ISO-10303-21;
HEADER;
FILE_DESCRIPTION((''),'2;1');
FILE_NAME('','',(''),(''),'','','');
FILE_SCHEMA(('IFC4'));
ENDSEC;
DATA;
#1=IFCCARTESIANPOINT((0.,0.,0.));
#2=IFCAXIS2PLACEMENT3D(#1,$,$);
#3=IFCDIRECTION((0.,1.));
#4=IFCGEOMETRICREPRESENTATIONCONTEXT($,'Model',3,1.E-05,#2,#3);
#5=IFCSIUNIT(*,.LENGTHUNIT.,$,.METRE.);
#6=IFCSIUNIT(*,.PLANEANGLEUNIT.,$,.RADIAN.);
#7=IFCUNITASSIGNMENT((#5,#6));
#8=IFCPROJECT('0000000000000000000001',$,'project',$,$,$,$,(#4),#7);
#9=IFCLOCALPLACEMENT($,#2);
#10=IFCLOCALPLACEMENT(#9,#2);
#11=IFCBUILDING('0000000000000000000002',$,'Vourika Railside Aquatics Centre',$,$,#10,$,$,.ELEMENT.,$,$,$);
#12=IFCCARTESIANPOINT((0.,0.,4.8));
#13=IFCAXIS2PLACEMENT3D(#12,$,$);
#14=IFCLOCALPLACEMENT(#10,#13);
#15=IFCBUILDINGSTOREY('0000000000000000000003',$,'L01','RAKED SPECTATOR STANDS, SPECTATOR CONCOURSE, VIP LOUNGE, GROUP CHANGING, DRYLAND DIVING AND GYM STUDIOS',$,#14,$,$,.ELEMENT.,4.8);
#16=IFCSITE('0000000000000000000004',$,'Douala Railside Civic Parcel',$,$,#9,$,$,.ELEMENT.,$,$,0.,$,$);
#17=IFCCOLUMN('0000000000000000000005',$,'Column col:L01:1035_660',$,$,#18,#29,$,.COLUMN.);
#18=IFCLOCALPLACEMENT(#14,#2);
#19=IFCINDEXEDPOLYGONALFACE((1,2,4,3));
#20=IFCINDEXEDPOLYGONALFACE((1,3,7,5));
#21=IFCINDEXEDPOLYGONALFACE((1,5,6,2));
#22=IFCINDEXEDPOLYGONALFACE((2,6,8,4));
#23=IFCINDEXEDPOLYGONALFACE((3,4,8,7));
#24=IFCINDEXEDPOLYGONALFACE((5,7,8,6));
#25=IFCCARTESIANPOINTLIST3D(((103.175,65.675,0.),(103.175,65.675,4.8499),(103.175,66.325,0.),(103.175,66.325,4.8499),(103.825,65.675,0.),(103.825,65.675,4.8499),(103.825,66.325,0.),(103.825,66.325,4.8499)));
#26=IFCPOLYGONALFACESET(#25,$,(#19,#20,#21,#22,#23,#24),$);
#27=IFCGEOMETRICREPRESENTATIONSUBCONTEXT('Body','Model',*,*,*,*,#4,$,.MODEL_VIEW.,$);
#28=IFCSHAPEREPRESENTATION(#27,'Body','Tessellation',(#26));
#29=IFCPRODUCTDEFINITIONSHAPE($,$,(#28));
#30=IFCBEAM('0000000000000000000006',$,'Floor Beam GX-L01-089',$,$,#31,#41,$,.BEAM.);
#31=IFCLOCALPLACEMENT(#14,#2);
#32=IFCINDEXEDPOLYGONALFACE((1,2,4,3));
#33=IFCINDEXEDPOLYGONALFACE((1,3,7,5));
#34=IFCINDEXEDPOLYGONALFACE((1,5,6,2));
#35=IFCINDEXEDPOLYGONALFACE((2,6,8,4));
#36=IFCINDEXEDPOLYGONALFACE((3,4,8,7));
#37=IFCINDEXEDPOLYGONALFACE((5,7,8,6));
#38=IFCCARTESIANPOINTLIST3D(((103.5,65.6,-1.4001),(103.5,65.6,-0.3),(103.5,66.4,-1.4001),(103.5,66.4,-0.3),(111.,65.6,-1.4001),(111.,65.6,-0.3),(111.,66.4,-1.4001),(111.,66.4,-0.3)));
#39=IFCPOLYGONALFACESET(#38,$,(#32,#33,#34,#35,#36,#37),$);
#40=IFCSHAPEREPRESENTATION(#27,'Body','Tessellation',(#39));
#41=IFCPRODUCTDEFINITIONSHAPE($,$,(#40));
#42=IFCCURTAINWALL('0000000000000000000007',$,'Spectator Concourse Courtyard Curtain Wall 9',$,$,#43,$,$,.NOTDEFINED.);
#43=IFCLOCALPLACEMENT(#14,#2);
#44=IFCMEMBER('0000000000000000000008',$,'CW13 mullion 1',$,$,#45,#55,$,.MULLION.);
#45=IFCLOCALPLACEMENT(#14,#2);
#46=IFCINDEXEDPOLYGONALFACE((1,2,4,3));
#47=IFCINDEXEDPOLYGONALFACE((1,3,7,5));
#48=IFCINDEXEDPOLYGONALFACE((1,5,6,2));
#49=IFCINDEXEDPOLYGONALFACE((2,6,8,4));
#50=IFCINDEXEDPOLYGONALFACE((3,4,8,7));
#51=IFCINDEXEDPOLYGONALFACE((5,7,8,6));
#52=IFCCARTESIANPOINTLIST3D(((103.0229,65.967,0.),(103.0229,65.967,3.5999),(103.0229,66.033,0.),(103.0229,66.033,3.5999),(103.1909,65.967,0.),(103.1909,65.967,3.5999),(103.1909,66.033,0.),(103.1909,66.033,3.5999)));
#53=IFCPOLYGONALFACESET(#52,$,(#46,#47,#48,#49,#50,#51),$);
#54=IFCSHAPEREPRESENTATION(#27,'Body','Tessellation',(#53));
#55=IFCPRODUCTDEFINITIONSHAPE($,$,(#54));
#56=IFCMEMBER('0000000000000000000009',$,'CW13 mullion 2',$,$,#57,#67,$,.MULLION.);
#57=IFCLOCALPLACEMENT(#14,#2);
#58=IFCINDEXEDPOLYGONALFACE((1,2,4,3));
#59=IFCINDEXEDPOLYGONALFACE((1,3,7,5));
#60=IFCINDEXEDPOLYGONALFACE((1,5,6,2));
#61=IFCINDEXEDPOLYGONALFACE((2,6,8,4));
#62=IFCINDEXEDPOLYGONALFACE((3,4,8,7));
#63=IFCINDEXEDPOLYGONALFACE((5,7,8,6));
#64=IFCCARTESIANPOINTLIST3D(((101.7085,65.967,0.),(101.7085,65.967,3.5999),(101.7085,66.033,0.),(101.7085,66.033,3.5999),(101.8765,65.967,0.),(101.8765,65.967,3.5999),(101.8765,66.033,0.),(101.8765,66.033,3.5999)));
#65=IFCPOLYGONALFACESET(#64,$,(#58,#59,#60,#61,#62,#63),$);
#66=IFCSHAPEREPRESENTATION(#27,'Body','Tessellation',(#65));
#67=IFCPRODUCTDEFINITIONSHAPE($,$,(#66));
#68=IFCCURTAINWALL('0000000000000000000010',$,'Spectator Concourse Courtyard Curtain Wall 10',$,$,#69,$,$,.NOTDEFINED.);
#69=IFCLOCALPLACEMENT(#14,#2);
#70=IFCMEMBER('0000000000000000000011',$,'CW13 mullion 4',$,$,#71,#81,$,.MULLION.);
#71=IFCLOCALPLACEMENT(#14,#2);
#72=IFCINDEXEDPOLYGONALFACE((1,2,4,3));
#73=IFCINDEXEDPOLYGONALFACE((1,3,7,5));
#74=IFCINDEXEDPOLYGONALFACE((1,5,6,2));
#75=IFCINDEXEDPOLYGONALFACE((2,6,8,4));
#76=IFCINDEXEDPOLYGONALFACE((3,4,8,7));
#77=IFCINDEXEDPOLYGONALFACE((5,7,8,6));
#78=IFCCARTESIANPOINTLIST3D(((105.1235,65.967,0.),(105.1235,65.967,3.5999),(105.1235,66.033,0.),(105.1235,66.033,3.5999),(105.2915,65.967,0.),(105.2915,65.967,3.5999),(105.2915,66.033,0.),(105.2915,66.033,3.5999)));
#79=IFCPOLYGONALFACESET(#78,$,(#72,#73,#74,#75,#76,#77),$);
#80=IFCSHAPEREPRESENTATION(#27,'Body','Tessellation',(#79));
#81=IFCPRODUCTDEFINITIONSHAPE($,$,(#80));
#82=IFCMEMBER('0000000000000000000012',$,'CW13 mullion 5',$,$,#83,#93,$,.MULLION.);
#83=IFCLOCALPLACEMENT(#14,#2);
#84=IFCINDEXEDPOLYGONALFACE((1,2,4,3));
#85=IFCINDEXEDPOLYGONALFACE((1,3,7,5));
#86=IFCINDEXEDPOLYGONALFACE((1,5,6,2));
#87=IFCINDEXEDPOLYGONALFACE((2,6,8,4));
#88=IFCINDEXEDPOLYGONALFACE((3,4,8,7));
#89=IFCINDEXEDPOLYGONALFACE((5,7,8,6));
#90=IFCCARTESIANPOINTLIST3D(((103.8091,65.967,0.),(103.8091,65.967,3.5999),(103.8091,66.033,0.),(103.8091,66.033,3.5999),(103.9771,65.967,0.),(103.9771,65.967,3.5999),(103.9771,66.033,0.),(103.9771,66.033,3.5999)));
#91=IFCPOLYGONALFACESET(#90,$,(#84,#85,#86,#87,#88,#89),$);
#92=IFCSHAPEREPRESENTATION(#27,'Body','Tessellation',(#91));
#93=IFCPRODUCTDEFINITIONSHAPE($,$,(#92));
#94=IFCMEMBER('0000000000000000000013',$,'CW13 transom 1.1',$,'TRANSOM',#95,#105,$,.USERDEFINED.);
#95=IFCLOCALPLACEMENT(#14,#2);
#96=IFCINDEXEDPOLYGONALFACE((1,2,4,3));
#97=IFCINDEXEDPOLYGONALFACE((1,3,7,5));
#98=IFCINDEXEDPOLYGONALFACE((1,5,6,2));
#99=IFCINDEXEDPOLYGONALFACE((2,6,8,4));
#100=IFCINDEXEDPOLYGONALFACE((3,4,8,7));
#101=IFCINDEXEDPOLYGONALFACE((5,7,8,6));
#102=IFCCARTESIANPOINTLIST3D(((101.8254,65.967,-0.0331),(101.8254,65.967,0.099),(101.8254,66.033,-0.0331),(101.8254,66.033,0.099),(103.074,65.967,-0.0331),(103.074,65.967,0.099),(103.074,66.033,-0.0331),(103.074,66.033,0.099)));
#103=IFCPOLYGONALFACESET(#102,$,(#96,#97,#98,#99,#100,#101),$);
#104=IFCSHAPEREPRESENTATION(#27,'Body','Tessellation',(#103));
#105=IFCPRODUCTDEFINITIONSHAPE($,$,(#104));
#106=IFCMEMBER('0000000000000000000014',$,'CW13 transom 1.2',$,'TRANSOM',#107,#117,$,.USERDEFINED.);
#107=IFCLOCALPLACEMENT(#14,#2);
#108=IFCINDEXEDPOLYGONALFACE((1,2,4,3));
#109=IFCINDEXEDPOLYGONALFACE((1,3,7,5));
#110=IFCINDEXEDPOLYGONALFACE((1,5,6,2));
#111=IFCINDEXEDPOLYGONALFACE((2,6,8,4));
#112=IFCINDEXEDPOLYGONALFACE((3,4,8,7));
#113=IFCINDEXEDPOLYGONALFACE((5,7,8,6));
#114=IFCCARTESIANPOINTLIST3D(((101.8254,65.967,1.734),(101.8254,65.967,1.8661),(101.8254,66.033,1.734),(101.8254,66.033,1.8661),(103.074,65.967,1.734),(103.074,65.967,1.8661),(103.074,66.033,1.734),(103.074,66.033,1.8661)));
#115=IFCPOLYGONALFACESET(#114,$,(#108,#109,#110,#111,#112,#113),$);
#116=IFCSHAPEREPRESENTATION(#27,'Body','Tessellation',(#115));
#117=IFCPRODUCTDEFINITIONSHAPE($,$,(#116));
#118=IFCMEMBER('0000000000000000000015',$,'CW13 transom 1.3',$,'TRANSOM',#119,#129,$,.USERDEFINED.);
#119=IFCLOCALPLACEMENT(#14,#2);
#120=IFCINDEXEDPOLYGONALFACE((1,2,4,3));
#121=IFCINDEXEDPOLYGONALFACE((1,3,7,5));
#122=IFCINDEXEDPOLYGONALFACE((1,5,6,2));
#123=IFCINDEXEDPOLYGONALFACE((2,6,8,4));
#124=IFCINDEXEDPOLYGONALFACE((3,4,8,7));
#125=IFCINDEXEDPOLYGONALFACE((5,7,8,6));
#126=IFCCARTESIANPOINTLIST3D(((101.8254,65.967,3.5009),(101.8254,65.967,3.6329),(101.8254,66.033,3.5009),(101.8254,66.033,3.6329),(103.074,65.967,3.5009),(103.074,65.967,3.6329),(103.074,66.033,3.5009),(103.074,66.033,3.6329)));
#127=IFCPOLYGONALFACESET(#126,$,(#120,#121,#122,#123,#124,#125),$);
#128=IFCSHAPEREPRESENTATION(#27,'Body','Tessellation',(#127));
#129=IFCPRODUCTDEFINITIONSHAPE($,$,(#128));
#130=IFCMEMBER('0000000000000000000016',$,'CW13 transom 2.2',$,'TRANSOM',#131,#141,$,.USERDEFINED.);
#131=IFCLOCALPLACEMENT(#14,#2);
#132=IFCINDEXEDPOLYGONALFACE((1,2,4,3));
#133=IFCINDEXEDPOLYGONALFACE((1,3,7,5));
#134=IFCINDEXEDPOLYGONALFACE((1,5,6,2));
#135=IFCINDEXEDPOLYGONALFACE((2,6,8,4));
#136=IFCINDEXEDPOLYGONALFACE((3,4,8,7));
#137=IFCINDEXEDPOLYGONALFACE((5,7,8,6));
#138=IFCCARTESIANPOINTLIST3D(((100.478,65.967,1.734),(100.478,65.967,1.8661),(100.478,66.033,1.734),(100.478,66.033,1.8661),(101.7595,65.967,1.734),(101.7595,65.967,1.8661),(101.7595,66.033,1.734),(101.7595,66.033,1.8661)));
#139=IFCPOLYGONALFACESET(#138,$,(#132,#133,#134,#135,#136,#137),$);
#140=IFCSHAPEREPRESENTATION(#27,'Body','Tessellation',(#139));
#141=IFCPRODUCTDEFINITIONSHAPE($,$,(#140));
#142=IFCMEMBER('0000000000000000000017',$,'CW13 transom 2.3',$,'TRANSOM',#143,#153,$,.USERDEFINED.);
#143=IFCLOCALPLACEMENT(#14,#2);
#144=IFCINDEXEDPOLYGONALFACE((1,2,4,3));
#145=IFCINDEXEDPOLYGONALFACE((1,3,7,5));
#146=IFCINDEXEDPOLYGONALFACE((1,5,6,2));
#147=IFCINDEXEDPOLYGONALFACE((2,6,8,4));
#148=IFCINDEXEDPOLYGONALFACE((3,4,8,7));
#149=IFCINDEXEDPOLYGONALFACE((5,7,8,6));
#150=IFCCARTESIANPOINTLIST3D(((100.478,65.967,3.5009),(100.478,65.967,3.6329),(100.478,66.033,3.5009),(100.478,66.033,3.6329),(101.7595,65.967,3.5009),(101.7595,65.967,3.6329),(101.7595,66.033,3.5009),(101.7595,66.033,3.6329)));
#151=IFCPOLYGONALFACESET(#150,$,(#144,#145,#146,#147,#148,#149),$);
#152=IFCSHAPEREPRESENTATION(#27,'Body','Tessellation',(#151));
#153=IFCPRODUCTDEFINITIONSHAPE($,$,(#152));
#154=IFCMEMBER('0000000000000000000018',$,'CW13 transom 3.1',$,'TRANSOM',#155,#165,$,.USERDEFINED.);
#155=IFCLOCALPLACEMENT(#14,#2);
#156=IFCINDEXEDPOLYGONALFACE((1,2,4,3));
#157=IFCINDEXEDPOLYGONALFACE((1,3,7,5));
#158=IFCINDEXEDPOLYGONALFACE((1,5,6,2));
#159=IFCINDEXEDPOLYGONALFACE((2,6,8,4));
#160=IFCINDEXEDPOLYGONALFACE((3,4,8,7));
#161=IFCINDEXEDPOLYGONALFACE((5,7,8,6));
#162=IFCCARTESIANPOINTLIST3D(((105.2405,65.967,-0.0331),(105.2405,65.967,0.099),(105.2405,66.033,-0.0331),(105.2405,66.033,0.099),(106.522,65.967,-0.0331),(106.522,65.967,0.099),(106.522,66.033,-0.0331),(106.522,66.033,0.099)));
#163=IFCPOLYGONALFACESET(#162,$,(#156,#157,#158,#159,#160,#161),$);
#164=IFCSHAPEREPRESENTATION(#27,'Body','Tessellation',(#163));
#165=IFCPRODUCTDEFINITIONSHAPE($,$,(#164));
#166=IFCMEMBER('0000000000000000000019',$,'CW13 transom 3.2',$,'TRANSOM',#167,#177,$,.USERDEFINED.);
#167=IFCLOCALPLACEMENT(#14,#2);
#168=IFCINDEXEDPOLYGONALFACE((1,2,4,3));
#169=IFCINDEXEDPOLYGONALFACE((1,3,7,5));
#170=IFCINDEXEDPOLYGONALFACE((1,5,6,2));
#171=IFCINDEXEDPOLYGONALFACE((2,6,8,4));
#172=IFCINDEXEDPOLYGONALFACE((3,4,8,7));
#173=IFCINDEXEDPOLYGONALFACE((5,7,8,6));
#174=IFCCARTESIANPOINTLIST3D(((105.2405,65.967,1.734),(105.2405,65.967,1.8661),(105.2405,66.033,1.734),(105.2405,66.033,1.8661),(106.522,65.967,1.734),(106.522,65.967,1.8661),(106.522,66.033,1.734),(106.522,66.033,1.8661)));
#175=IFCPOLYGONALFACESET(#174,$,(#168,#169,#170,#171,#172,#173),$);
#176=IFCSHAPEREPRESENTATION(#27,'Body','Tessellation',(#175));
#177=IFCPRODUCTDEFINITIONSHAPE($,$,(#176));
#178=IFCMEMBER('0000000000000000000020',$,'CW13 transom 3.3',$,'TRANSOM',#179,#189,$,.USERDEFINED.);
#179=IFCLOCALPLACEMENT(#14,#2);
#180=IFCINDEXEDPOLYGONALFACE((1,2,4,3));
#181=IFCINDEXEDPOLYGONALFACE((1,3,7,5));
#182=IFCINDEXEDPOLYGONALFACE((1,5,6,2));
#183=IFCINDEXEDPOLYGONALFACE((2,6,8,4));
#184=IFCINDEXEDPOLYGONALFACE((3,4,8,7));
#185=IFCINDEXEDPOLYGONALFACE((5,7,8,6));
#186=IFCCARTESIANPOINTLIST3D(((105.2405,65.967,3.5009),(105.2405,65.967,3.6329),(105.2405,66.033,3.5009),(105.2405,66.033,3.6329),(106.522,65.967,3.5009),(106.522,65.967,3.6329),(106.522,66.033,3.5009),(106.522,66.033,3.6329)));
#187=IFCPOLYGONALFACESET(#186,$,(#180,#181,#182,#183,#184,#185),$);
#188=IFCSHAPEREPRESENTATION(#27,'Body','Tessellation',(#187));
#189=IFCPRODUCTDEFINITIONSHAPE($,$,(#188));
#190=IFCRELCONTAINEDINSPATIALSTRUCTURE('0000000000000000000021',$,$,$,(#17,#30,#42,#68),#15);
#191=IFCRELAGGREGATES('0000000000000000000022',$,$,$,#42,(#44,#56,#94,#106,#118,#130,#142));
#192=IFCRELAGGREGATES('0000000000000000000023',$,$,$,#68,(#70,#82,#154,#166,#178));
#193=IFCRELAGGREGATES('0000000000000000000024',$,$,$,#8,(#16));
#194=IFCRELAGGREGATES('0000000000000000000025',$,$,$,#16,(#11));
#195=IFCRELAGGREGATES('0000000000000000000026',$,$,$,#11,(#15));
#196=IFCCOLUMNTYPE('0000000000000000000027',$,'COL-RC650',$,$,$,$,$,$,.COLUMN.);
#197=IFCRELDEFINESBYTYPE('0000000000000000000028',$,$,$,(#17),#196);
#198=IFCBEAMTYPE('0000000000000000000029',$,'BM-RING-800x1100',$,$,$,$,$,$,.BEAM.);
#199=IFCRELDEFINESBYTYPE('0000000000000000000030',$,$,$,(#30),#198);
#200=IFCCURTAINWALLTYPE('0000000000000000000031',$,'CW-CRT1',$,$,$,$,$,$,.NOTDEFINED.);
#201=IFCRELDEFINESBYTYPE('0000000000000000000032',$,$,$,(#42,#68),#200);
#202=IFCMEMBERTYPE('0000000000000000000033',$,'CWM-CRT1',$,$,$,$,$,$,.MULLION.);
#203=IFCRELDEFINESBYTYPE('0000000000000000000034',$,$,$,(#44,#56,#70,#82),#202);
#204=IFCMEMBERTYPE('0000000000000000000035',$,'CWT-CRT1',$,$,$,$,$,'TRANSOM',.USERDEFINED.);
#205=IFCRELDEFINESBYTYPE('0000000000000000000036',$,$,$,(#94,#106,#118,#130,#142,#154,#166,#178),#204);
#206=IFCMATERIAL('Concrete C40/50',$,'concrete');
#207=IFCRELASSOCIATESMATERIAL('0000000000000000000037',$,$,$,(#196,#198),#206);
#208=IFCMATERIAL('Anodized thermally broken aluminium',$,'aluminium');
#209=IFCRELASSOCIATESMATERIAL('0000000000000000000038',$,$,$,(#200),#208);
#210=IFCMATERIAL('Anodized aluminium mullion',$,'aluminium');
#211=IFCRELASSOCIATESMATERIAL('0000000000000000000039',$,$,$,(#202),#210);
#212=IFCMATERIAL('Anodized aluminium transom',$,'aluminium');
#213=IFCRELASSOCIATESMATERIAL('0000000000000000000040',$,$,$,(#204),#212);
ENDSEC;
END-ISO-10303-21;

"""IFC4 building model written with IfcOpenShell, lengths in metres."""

from ifc_helpers import new_model, si_unit, direction, frame, origin, origin_2d, place, context, subcontext, project, spatial, rectangle, extrude, material, material_profile, profile_set, type_object, element, aggregate, save


model = new_model("IFC4")

# Units and contexts
model_context = context("Model", 3, precision=1e-05, world=origin(), true_north=direction((0.0, 1.0)))
body_context = subcontext(model_context, "Body", "Model", "MODEL_VIEW")
ifc_project = project(units=[si_unit("LENGTHUNIT", "METRE"), si_unit("PLANEANGLEUNIT", "RADIAN")], contexts=[model_context])

# Site, building, storey
site_placement = place(None, origin())
site = spatial("IfcSite", under=ifc_project, at=site_placement, Name="Douala Railside Civic Parcel", CompositionType="ELEMENT", RefElevation=0.0)
building_placement = place(site_placement, origin())
building = spatial("IfcBuilding", under=site, at=building_placement, Name="Vourika Railside Aquatics Centre", CompositionType="ELEMENT")
storey_placement = place(building_placement, frame((0.0, 0.0, 4.8)))
storey = spatial("IfcBuildingStorey", under=building, at=storey_placement, Name="L01", Description="RAKED SPECTATOR STANDS, SPECTATOR CONCOURSE, VIP LOUNGE, GROUP CHANGING, DRYLAND DIVING AND GYM STUDIOS", CompositionType="ELEMENT", Elevation=4.8)

# Column
ifc_material_1 = material(Name="Concrete C40/50", Category="concrete")
ifc_material_profile_1 = material_profile(ifc_material_1, rectangle(XDim=0.6499, YDim=0.6499, at=origin_2d()), Name="RC 650x650")
ifc_profile_set_1 = profile_set([ifc_material_profile_1], Name="Concrete C40/50")
column_type = type_object("IfcColumnType", Name="COL-RC650", PredefinedType="COLUMN", material=ifc_profile_set_1)
column_placement = place(storey_placement, frame((103.5, 66.0, 0.0), z_axis=(0.0, 0.0, 1.0), x_axis=(1.0, 0.0, 0.0)))
element("IfcColumn", 1, at=column_placement, inside=storey, type_object=column_type, Name="Column col:L01:1035_660", PredefinedType="COLUMN", context=body_context, shape_type="SweptSolid", body=[
    extrude(rectangle(XDim=0.6499, YDim=0.6499, at=origin_2d()), origin(), (0.0, 0.0, 1.0), 4.8499),
])

# Beam
ifc_material_profile_2 = material_profile(ifc_material_1, rectangle(XDim=0.8, YDim=1.1001, at=origin_2d()), Name="RC 800x1100")
ifc_profile_set_2 = profile_set([ifc_material_profile_2], Name="Concrete C40/50")
beam_type = type_object("IfcBeamType", Name="BM-RING-800x1100", PredefinedType="BEAM", material=ifc_profile_set_2)
beam_placement = place(storey_placement, frame((103.5, 66.0, -0.8501), z_axis=(1.0, 0.0, 0.0), x_axis=(0.0, 1.0, 0.0)))
element("IfcBeam", 2, at=beam_placement, inside=storey, type_object=beam_type, Name="Floor Beam GX-L01-089", PredefinedType="BEAM", context=body_context, shape_type="SweptSolid", body=[
    extrude(rectangle(XDim=0.8, YDim=1.1001, at=origin_2d()), origin(), (0.0, 0.0, 1.0), 7.5),
])

# Curtain walls, members
ifc_material_2 = material(Name="Anodized thermally broken aluminium", Category="aluminium")
curtain_wall_type = type_object("IfcCurtainWallType", Name="CW-CRT1", PredefinedType="NOTDEFINED", material=ifc_material_2)
curtain_wall_1_placement = place(storey_placement, origin())
curtain_wall_1 = element("IfcCurtainWall", 3, at=curtain_wall_1_placement, inside=storey, type_object=curtain_wall_type, Name="Spectator Concourse Courtyard Curtain Wall 9", PredefinedType="NOTDEFINED")
ifc_material_3 = material(Name="Anodized aluminium mullion", Category="aluminium")
ifc_material_profile_3 = material_profile(ifc_material_3, rectangle(XDim=0.0659, YDim=0.168, at=origin_2d()), Name="ALU-M 66x168")
ifc_profile_set_3 = profile_set([ifc_material_profile_3], Name="Anodized aluminium mullion")
member_type_1 = type_object("IfcMemberType", Name="CWM-CRT1", PredefinedType="MULLION", material=ifc_profile_set_3)
member_1_placement = place(storey_placement, frame((103.1069, 66.0, 0.0), z_axis=(0.0, 0.0, 1.0), x_axis=(0.0, -1.0, 0.0)))
member_1 = element("IfcMember", 4, at=member_1_placement, type_object=member_type_1, Name="CW13 mullion 1", PredefinedType="MULLION", context=body_context, shape_type="SweptSolid", body=[
    extrude(rectangle(XDim=0.0659, YDim=0.168, at=origin_2d()), origin(), (0.0, 0.0, 1.0), 3.5999),
])
member_2_placement = place(storey_placement, frame((101.7925, 66.0, 0.0), z_axis=(0.0, 0.0, 1.0), x_axis=(0.0, -1.0, 0.0)))
member_2 = element("IfcMember", 5, at=member_2_placement, type_object=member_type_1, Name="CW13 mullion 2", PredefinedType="MULLION", context=body_context, shape_type="SweptSolid", body=[
    extrude(rectangle(XDim=0.0659, YDim=0.168, at=origin_2d()), origin(), (0.0, 0.0, 1.0), 3.5999),
])
curtain_wall_2_placement = place(storey_placement, origin())
curtain_wall_2 = element("IfcCurtainWall", 6, at=curtain_wall_2_placement, inside=storey, type_object=curtain_wall_type, Name="Spectator Concourse Courtyard Curtain Wall 10", PredefinedType="NOTDEFINED")
member_3_placement = place(storey_placement, frame((105.2075, 66.0, 0.0), z_axis=(0.0, 0.0, 1.0), x_axis=(0.0, -1.0, 0.0)))
member_3 = element("IfcMember", 7, at=member_3_placement, type_object=member_type_1, Name="CW13 mullion 4", PredefinedType="MULLION", context=body_context, shape_type="SweptSolid", body=[
    extrude(rectangle(XDim=0.0659, YDim=0.168, at=origin_2d()), origin(), (0.0, 0.0, 1.0), 3.5999),
])
member_4_placement = place(storey_placement, frame((103.8931, 66.0, 0.0), z_axis=(0.0, 0.0, 1.0), x_axis=(0.0, -1.0, 0.0)))
member_4 = element("IfcMember", 8, at=member_4_placement, type_object=member_type_1, Name="CW13 mullion 5", PredefinedType="MULLION", context=body_context, shape_type="SweptSolid", body=[
    extrude(rectangle(XDim=0.0659, YDim=0.168, at=origin_2d()), origin(), (0.0, 0.0, 1.0), 3.5999),
])

# Members
ifc_material_4 = material(Name="Anodized aluminium transom", Category="aluminium")
ifc_material_profile_4 = material_profile(ifc_material_4, rectangle(XDim=0.0659, YDim=0.1321, at=origin_2d()), Name="ALU-T 66x132")
ifc_profile_set_4 = profile_set([ifc_material_profile_4], Name="Anodized aluminium transom")
member_type_2 = type_object("IfcMemberType", Name="CWT-CRT1", ElementType="TRANSOM", PredefinedType="USERDEFINED", material=ifc_profile_set_4)
member_5_placement = place(storey_placement, frame((103.074, 66.0, 0.033), z_axis=(-1.0, 0.0, 0.0), x_axis=(0.0, -1.0, 0.0)))
member_5 = element("IfcMember", 9, at=member_5_placement, type_object=member_type_2, Name="CW13 transom 1.1", ObjectType="TRANSOM", PredefinedType="USERDEFINED", context=body_context, shape_type="SweptSolid", body=[
    extrude(rectangle(XDim=0.0659, YDim=0.1321, at=origin_2d()), origin(), (0.0, 0.0, 1.0), 1.2485),
])
member_6_placement = place(storey_placement, frame((103.074, 66.0, 1.8), z_axis=(-1.0, 0.0, 0.0), x_axis=(0.0, -1.0, 0.0)))
member_6 = element("IfcMember", 10, at=member_6_placement, type_object=member_type_2, Name="CW13 transom 1.2", ObjectType="TRANSOM", PredefinedType="USERDEFINED", context=body_context, shape_type="SweptSolid", body=[
    extrude(rectangle(XDim=0.0659, YDim=0.1321, at=origin_2d()), origin(), (0.0, 0.0, 1.0), 1.2485),
])
member_7_placement = place(storey_placement, frame((103.074, 66.0, 3.5669), z_axis=(-1.0, 0.0, 0.0), x_axis=(0.0, -1.0, 0.0)))
member_7 = element("IfcMember", 11, at=member_7_placement, type_object=member_type_2, Name="CW13 transom 1.3", ObjectType="TRANSOM", PredefinedType="USERDEFINED", context=body_context, shape_type="SweptSolid", body=[
    extrude(rectangle(XDim=0.0659, YDim=0.1321, at=origin_2d()), origin(), (0.0, 0.0, 1.0), 1.2485),
])
member_8_placement = place(storey_placement, frame((101.7595, 66.0, 1.8), z_axis=(-1.0, 0.0, 0.0), x_axis=(0.0, -1.0, 0.0)))
member_8 = element("IfcMember", 12, at=member_8_placement, type_object=member_type_2, Name="CW13 transom 2.2", ObjectType="TRANSOM", PredefinedType="USERDEFINED", context=body_context, shape_type="SweptSolid", body=[
    extrude(rectangle(XDim=0.0659, YDim=0.1321, at=origin_2d()), origin(), (0.0, 0.0, 1.0), 1.2815),
])
member_9_placement = place(storey_placement, frame((101.7595, 66.0, 3.5669), z_axis=(-1.0, 0.0, 0.0), x_axis=(0.0, -1.0, 0.0)))
member_9 = element("IfcMember", 13, at=member_9_placement, type_object=member_type_2, Name="CW13 transom 2.3", ObjectType="TRANSOM", PredefinedType="USERDEFINED", context=body_context, shape_type="SweptSolid", body=[
    extrude(rectangle(XDim=0.0659, YDim=0.1321, at=origin_2d()), origin(), (0.0, 0.0, 1.0), 1.2815),
])
member_10_placement = place(storey_placement, frame((106.522, 66.0, 0.033), z_axis=(-1.0, 0.0, 0.0), x_axis=(0.0, -1.0, 0.0)))
member_10 = element("IfcMember", 14, at=member_10_placement, type_object=member_type_2, Name="CW13 transom 3.1", ObjectType="TRANSOM", PredefinedType="USERDEFINED", context=body_context, shape_type="SweptSolid", body=[
    extrude(rectangle(XDim=0.0659, YDim=0.1321, at=origin_2d()), origin(), (0.0, 0.0, 1.0), 1.2815),
])
member_11_placement = place(storey_placement, frame((106.522, 66.0, 1.8), z_axis=(-1.0, 0.0, 0.0), x_axis=(0.0, -1.0, 0.0)))
member_11 = element("IfcMember", 15, at=member_11_placement, type_object=member_type_2, Name="CW13 transom 3.2", ObjectType="TRANSOM", PredefinedType="USERDEFINED", context=body_context, shape_type="SweptSolid", body=[
    extrude(rectangle(XDim=0.0659, YDim=0.1321, at=origin_2d()), origin(), (0.0, 0.0, 1.0), 1.2815),
])
member_12_placement = place(storey_placement, frame((106.522, 66.0, 3.5669), z_axis=(-1.0, 0.0, 0.0), x_axis=(0.0, -1.0, 0.0)))
member_12 = element("IfcMember", 16, at=member_12_placement, type_object=member_type_2, Name="CW13 transom 3.3", ObjectType="TRANSOM", PredefinedType="USERDEFINED", context=body_context, shape_type="SweptSolid", body=[
    extrude(rectangle(XDim=0.0659, YDim=0.1321, at=origin_2d()), origin(), (0.0, 0.0, 1.0), 1.2815),
])

aggregate(curtain_wall_1, [member_1, member_2, member_5, member_6, member_7, member_8, member_9])
aggregate(curtain_wall_2, [member_3, member_4, member_10, member_11, member_12])

save(model, "model.ifc")
